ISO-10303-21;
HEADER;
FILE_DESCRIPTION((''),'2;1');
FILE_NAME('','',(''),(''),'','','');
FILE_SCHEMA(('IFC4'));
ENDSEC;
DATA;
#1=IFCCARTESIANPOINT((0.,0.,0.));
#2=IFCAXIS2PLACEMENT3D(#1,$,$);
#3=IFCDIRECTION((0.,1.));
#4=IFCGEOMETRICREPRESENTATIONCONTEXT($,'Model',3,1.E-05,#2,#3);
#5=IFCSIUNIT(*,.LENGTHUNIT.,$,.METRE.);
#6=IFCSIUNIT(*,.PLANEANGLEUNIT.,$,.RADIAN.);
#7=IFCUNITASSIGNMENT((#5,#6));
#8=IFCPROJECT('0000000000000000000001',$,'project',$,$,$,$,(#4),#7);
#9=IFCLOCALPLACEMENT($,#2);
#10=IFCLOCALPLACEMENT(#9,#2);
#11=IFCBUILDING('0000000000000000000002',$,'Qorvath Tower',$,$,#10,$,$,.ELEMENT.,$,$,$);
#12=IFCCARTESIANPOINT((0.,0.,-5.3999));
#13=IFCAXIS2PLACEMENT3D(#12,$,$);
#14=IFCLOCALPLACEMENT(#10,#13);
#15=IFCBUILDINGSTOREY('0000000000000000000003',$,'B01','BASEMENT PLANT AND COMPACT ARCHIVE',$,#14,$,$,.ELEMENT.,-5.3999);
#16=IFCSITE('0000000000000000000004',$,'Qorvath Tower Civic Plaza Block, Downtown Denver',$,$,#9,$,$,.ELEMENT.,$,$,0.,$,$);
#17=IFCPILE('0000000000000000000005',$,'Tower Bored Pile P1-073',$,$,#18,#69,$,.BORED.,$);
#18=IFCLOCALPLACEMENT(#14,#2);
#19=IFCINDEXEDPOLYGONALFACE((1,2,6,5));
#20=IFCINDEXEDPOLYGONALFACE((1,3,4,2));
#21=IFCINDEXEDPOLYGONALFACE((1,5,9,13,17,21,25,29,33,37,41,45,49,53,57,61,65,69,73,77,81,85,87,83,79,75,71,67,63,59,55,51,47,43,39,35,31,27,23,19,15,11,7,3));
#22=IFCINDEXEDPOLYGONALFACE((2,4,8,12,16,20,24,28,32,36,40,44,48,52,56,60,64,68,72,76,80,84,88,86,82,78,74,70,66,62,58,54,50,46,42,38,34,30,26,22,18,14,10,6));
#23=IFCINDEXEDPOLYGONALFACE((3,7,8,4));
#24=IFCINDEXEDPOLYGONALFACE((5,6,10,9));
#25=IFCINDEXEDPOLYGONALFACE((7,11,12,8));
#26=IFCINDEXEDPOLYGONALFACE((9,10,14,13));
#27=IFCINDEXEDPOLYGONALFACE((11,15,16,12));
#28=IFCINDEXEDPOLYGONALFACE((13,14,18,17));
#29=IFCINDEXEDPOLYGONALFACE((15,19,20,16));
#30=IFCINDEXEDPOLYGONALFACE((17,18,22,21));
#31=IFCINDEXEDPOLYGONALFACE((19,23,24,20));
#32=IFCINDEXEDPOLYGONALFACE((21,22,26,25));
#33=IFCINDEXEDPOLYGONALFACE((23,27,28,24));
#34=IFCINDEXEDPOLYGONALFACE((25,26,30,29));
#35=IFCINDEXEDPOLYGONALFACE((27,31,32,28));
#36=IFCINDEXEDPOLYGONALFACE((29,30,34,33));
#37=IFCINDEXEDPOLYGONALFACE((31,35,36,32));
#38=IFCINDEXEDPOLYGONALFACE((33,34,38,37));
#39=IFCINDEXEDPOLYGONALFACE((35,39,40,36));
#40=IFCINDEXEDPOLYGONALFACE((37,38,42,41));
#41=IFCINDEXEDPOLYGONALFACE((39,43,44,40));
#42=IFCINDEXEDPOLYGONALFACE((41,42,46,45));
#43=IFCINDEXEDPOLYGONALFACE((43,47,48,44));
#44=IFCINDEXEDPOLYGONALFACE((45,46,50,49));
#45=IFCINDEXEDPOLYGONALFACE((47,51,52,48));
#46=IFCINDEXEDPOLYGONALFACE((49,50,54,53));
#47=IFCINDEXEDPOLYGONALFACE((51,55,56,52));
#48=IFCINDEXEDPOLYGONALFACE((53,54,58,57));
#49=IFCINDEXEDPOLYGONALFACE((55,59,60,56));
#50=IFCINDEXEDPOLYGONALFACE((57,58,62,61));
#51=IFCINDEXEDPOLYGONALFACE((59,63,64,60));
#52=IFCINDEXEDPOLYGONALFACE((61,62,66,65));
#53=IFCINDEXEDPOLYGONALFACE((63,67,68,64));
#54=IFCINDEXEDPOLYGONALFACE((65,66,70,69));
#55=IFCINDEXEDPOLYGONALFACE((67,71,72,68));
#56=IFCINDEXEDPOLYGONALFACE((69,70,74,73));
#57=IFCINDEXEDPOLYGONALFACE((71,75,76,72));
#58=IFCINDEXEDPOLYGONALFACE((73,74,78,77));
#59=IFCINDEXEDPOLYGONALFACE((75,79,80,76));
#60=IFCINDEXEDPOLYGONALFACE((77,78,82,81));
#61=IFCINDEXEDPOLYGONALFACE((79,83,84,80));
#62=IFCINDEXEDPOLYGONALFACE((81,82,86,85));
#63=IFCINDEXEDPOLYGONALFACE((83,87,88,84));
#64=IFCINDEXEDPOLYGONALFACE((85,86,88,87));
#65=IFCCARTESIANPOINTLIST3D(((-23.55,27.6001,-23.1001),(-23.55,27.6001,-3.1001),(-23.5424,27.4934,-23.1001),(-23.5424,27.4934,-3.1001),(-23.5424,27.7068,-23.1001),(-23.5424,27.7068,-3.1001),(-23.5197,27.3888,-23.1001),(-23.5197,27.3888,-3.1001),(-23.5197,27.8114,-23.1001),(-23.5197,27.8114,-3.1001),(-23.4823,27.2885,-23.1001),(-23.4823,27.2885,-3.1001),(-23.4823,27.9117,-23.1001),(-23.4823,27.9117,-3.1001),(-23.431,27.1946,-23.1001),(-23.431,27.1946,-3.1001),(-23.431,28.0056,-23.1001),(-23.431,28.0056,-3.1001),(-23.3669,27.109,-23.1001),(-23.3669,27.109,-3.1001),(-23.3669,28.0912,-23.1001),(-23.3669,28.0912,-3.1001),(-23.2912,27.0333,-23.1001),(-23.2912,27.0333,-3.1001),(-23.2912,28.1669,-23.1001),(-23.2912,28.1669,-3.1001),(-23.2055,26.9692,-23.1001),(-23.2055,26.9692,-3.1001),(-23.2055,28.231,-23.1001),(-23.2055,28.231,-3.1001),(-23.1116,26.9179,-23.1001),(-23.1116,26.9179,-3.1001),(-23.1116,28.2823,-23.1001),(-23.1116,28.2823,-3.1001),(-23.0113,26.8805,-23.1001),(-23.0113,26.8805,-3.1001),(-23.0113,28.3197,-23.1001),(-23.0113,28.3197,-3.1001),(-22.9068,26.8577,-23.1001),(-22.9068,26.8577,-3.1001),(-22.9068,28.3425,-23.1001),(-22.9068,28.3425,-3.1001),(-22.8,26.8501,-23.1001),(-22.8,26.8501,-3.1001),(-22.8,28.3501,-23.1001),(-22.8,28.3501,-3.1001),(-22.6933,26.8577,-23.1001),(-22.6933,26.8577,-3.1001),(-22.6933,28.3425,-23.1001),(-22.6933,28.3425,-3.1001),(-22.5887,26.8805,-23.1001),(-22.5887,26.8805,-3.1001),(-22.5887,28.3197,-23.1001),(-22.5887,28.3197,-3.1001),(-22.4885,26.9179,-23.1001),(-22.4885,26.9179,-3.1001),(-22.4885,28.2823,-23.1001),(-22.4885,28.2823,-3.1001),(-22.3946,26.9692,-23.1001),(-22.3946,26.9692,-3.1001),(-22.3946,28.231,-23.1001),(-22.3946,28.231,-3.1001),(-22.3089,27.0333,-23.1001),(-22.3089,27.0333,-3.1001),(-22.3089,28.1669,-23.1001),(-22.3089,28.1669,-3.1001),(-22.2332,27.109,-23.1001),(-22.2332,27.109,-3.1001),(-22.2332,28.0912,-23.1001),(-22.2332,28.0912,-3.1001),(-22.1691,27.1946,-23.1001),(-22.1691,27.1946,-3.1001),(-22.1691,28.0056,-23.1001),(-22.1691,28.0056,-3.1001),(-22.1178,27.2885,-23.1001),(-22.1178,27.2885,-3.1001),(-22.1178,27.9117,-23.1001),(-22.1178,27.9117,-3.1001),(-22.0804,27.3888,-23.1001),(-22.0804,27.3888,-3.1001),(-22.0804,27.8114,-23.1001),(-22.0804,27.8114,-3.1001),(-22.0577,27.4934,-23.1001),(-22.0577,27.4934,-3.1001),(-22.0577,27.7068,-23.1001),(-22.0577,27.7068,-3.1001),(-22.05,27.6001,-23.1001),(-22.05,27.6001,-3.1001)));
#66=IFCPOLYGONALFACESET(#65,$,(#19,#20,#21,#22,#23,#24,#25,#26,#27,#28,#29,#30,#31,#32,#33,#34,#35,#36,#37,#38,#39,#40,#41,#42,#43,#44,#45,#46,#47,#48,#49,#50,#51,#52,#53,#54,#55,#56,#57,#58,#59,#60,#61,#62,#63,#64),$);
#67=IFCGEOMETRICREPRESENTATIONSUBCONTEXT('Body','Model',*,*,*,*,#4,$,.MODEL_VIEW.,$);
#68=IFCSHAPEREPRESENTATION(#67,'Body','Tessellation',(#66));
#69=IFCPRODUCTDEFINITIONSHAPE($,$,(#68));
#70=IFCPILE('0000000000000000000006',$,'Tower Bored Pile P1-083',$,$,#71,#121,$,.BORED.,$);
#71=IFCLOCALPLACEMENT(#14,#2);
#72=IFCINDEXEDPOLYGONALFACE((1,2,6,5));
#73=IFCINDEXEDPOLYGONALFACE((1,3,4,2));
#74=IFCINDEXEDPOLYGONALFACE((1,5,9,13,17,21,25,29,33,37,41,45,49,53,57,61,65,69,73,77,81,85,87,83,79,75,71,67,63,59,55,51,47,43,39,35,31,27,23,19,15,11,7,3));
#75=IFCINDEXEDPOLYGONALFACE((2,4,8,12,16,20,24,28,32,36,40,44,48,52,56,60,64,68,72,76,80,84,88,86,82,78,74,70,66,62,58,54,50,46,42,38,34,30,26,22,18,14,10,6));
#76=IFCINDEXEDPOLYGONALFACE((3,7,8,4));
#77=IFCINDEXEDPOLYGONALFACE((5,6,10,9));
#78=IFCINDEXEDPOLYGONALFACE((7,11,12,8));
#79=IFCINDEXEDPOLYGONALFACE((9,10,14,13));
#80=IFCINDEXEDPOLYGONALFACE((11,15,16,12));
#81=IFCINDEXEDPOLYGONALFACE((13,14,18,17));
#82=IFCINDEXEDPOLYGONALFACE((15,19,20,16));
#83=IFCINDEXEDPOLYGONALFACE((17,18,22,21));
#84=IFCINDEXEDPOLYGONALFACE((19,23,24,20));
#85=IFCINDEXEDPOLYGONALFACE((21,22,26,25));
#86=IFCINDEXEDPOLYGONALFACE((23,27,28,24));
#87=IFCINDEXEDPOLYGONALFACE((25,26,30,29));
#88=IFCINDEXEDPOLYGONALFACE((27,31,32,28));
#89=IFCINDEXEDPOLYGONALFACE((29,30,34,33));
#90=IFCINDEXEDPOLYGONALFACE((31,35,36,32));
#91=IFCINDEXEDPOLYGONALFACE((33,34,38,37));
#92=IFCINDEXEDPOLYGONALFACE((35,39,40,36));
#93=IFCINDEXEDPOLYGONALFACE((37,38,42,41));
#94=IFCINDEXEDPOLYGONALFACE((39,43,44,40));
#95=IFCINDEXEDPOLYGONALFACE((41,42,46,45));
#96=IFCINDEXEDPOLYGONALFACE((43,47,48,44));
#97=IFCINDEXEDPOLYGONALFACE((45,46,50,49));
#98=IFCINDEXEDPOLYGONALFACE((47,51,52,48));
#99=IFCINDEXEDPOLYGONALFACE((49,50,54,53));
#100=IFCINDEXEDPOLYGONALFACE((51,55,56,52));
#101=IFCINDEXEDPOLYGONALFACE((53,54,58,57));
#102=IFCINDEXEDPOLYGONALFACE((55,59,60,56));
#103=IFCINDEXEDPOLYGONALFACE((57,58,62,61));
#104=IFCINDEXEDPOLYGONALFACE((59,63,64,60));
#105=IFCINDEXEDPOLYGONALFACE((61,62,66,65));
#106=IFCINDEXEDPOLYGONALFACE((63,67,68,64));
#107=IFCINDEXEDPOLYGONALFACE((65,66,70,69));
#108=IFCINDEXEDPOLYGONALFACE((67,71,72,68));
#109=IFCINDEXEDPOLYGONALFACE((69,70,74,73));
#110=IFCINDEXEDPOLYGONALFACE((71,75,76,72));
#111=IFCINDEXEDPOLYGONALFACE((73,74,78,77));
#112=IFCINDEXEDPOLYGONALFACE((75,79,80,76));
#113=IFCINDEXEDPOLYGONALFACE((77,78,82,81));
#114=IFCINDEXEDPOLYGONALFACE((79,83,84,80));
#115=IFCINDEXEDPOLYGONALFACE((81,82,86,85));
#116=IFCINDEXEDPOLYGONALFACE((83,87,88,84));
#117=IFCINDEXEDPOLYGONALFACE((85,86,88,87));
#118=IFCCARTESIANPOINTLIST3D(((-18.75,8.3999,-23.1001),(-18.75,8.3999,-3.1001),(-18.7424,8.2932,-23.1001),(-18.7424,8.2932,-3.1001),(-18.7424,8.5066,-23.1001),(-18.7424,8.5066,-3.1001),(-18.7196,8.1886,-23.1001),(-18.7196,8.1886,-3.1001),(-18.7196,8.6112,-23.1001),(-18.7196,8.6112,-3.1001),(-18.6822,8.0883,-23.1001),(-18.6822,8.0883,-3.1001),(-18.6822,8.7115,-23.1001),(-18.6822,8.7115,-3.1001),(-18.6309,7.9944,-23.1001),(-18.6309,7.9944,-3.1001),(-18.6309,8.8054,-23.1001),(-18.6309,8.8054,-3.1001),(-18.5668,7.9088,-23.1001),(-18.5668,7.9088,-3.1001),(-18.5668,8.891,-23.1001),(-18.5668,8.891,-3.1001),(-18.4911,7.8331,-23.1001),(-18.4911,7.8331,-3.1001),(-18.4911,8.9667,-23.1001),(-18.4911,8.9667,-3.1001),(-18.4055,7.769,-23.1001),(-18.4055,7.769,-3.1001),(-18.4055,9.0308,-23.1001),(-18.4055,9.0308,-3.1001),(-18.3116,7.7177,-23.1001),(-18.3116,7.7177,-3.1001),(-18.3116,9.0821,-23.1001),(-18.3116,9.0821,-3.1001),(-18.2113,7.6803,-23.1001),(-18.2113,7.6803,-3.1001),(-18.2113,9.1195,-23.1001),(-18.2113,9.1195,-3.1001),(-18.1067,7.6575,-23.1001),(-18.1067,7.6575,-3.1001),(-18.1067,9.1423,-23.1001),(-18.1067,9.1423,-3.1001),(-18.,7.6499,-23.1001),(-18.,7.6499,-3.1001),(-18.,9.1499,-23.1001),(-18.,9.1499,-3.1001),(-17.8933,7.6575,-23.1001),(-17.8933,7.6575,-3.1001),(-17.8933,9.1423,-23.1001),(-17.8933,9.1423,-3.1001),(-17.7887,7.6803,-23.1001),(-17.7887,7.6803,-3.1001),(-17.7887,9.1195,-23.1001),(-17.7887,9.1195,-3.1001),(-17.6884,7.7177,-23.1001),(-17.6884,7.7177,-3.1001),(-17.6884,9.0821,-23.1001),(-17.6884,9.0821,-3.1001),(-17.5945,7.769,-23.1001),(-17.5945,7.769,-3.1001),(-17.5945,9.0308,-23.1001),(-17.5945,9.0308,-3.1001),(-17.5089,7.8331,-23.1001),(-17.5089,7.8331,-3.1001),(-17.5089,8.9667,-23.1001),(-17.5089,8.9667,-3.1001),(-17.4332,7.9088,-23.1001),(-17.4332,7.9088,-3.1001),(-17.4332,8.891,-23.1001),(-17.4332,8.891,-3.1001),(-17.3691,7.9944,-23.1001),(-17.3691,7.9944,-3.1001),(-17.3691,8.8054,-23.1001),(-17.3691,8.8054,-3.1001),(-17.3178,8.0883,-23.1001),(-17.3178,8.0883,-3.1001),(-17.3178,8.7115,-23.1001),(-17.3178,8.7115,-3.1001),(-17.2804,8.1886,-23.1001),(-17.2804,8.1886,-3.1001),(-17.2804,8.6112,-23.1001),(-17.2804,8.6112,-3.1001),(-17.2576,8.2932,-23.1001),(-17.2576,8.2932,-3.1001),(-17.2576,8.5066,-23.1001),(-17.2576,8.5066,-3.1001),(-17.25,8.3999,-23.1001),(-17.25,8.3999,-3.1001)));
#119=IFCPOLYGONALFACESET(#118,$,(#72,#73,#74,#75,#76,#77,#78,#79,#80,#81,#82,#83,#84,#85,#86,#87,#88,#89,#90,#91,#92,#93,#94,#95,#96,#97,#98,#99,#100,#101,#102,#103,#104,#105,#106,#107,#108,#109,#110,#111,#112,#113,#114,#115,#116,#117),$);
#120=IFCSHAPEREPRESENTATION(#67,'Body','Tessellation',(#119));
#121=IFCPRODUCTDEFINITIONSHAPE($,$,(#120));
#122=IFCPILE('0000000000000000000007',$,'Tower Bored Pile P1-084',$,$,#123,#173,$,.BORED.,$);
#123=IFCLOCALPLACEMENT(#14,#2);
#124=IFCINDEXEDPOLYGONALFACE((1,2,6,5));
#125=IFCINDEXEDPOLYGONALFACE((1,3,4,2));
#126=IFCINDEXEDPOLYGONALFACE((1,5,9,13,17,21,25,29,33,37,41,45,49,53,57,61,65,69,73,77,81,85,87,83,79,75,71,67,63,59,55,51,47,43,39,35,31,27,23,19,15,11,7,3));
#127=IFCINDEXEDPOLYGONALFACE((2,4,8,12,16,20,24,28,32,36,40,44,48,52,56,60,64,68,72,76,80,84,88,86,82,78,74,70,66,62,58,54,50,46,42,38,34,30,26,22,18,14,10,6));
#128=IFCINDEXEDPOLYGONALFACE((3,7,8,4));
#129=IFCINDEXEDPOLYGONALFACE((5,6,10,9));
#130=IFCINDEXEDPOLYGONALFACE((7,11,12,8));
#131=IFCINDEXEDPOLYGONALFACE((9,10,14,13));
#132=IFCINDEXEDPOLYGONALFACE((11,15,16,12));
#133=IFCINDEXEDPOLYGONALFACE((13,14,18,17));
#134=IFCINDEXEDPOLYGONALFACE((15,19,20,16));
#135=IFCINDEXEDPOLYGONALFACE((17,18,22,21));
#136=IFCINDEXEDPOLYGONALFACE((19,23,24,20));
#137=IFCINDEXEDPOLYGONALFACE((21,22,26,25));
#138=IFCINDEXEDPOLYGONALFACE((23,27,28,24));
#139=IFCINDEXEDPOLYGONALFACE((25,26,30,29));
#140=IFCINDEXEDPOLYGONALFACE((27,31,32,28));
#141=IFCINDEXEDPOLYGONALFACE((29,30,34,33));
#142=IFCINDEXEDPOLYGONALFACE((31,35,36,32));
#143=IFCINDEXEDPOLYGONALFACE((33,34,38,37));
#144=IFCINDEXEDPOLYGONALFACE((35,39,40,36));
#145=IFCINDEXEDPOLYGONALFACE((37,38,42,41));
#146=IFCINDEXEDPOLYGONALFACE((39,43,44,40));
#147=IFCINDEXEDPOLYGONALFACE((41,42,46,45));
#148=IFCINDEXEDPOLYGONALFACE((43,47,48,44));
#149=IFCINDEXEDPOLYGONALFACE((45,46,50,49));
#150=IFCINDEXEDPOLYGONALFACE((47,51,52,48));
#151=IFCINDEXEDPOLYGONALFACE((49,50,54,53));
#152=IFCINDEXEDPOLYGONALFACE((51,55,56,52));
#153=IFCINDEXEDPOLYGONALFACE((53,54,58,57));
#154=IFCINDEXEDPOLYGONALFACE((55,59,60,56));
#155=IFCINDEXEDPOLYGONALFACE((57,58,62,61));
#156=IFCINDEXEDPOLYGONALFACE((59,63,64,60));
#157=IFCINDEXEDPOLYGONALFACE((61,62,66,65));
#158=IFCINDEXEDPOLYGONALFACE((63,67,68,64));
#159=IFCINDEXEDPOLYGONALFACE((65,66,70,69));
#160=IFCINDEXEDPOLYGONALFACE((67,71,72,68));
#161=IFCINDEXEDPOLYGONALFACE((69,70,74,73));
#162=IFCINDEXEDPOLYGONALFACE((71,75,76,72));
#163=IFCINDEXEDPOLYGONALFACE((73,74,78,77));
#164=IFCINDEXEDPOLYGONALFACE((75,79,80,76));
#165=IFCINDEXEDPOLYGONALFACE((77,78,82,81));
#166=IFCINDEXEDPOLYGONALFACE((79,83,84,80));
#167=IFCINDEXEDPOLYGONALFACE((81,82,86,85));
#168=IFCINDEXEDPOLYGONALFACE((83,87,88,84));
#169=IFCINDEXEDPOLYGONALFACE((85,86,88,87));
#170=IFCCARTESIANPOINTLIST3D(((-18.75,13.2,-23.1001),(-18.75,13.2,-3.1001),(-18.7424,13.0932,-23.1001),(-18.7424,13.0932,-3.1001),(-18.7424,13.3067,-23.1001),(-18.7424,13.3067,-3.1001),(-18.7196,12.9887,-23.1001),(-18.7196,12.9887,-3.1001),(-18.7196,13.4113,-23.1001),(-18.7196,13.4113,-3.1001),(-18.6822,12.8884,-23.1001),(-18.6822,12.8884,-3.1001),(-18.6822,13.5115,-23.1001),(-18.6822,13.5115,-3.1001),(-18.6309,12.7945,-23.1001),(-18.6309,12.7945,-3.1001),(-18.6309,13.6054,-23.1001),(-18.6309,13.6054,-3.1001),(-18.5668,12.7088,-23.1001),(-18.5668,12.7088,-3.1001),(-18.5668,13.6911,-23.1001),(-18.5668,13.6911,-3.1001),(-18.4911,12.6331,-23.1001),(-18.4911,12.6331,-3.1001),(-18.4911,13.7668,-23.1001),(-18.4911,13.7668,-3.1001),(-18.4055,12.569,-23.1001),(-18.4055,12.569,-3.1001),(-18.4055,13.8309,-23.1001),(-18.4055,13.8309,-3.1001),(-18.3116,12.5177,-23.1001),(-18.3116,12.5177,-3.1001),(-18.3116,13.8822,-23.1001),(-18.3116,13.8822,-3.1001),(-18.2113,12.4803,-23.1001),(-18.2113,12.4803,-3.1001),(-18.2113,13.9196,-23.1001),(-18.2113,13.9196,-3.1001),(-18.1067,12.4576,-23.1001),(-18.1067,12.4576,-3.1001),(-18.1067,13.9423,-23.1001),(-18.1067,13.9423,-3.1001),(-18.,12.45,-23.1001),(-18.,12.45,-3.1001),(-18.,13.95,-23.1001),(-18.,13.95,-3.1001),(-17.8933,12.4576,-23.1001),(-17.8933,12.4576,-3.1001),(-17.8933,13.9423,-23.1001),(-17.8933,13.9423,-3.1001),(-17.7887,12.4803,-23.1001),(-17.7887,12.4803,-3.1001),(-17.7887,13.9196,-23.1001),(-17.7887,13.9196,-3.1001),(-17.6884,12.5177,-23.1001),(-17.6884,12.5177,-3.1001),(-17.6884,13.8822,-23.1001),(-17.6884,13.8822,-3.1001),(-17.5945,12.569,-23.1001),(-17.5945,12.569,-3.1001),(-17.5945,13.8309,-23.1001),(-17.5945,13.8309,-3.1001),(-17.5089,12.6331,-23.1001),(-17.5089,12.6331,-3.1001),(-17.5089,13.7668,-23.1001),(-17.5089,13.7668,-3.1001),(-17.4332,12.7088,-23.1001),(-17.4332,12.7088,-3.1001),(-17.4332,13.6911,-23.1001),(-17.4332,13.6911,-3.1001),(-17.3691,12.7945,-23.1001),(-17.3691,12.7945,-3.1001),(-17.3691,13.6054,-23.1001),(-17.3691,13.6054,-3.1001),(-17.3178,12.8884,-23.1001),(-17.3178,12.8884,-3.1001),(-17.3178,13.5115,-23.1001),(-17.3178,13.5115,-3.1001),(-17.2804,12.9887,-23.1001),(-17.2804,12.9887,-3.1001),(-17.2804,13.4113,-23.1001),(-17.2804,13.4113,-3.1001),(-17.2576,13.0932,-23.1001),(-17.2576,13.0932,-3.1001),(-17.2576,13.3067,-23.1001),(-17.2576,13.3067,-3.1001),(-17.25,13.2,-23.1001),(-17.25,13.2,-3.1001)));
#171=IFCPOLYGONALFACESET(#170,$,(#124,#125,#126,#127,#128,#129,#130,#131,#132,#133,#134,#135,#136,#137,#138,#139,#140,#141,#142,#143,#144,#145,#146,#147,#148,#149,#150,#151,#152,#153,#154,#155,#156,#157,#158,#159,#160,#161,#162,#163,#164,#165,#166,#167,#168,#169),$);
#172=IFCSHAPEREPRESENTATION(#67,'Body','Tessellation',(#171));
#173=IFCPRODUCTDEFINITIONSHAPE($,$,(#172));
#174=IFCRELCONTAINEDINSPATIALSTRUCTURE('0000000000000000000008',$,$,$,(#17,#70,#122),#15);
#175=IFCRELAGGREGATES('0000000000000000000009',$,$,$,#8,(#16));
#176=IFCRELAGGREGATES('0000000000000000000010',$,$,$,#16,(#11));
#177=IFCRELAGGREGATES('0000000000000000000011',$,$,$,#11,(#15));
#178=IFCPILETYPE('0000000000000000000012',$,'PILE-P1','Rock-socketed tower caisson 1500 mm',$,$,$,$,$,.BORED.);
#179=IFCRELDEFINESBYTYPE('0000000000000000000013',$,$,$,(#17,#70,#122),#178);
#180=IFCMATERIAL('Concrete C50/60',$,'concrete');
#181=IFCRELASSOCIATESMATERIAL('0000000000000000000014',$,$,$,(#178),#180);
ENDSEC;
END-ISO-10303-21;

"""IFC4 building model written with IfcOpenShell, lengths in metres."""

from ifc_helpers import new_model, si_unit, direction, frame, origin, origin_2d, place, context, subcontext, project, spatial, circle, extrude, material, material_profile, profile_set, type_object, element, save


model = new_model("IFC4")

# Units and contexts
model_context = context("Model", 3, precision=1e-05, world=origin(), true_north=direction((0.0, 1.0)))
body_context = subcontext(model_context, "Body", "Model", "MODEL_VIEW")
ifc_project = project(units=[si_unit("LENGTHUNIT", "METRE"), si_unit("PLANEANGLEUNIT", "RADIAN")], contexts=[model_context])

# Site, building, storey
site_placement = place(None, origin())
site = spatial("IfcSite", under=ifc_project, at=site_placement, Name="Qorvath Tower Civic Plaza Block, Downtown Denver", CompositionType="ELEMENT", RefElevation=0.0)
building_placement = place(site_placement, origin())
building = spatial("IfcBuilding", under=site, at=building_placement, Name="Qorvath Tower", CompositionType="ELEMENT")
storey_placement = place(building_placement, frame((0.0, 0.0, -5.3999)))
storey = spatial("IfcBuildingStorey", under=building, at=storey_placement, Name="B01", Description="BASEMENT PLANT AND COMPACT ARCHIVE", CompositionType="ELEMENT", Elevation=-5.3999)

# Piles
ifc_material_1 = material(Name="Concrete C50/60", Category="concrete")
ifc_material_profile_1 = material_profile(ifc_material_1, circle(Radius=0.75, at=origin_2d()), Name="BORED PILE 1500")
ifc_profile_set_1 = profile_set([ifc_material_profile_1], Name="Concrete C50/60")
pile_type = type_object("IfcPileType", Name="PILE-P1", Description="Rock-socketed tower caisson 1500 mm", PredefinedType="BORED", material=ifc_profile_set_1)
for number, where, z_axis, x_axis, name in (
    (1, (-22.8, 27.6001, -3.1001), (0.0, 0.0, -1.0), (1.0, 0.0, 0.0), "Tower Bored Pile P1-073"),
    (2, (-18.0, 8.3999, -3.1001), (0.0, 0.0, -1.0), (1.0, 0.0, 0.0), "Tower Bored Pile P1-083"),
    (3, (-18.0, 13.2, -3.1001), (0.0, 0.0, -1.0), (1.0, 0.0, 0.0), "Tower Bored Pile P1-084"),
):
    element("IfcPile", number, at=place(storey_placement, frame(where, z_axis=z_axis, x_axis=x_axis)), inside=storey, type_object=pile_type, Name=name, PredefinedType="BORED", context=body_context, shape_type="SweptSolid", body=[
        extrude(circle(Radius=0.75, at=origin_2d()), origin(), (0.0, 0.0, 1.0), 20.0),
    ])

save(model, "model.ifc")
